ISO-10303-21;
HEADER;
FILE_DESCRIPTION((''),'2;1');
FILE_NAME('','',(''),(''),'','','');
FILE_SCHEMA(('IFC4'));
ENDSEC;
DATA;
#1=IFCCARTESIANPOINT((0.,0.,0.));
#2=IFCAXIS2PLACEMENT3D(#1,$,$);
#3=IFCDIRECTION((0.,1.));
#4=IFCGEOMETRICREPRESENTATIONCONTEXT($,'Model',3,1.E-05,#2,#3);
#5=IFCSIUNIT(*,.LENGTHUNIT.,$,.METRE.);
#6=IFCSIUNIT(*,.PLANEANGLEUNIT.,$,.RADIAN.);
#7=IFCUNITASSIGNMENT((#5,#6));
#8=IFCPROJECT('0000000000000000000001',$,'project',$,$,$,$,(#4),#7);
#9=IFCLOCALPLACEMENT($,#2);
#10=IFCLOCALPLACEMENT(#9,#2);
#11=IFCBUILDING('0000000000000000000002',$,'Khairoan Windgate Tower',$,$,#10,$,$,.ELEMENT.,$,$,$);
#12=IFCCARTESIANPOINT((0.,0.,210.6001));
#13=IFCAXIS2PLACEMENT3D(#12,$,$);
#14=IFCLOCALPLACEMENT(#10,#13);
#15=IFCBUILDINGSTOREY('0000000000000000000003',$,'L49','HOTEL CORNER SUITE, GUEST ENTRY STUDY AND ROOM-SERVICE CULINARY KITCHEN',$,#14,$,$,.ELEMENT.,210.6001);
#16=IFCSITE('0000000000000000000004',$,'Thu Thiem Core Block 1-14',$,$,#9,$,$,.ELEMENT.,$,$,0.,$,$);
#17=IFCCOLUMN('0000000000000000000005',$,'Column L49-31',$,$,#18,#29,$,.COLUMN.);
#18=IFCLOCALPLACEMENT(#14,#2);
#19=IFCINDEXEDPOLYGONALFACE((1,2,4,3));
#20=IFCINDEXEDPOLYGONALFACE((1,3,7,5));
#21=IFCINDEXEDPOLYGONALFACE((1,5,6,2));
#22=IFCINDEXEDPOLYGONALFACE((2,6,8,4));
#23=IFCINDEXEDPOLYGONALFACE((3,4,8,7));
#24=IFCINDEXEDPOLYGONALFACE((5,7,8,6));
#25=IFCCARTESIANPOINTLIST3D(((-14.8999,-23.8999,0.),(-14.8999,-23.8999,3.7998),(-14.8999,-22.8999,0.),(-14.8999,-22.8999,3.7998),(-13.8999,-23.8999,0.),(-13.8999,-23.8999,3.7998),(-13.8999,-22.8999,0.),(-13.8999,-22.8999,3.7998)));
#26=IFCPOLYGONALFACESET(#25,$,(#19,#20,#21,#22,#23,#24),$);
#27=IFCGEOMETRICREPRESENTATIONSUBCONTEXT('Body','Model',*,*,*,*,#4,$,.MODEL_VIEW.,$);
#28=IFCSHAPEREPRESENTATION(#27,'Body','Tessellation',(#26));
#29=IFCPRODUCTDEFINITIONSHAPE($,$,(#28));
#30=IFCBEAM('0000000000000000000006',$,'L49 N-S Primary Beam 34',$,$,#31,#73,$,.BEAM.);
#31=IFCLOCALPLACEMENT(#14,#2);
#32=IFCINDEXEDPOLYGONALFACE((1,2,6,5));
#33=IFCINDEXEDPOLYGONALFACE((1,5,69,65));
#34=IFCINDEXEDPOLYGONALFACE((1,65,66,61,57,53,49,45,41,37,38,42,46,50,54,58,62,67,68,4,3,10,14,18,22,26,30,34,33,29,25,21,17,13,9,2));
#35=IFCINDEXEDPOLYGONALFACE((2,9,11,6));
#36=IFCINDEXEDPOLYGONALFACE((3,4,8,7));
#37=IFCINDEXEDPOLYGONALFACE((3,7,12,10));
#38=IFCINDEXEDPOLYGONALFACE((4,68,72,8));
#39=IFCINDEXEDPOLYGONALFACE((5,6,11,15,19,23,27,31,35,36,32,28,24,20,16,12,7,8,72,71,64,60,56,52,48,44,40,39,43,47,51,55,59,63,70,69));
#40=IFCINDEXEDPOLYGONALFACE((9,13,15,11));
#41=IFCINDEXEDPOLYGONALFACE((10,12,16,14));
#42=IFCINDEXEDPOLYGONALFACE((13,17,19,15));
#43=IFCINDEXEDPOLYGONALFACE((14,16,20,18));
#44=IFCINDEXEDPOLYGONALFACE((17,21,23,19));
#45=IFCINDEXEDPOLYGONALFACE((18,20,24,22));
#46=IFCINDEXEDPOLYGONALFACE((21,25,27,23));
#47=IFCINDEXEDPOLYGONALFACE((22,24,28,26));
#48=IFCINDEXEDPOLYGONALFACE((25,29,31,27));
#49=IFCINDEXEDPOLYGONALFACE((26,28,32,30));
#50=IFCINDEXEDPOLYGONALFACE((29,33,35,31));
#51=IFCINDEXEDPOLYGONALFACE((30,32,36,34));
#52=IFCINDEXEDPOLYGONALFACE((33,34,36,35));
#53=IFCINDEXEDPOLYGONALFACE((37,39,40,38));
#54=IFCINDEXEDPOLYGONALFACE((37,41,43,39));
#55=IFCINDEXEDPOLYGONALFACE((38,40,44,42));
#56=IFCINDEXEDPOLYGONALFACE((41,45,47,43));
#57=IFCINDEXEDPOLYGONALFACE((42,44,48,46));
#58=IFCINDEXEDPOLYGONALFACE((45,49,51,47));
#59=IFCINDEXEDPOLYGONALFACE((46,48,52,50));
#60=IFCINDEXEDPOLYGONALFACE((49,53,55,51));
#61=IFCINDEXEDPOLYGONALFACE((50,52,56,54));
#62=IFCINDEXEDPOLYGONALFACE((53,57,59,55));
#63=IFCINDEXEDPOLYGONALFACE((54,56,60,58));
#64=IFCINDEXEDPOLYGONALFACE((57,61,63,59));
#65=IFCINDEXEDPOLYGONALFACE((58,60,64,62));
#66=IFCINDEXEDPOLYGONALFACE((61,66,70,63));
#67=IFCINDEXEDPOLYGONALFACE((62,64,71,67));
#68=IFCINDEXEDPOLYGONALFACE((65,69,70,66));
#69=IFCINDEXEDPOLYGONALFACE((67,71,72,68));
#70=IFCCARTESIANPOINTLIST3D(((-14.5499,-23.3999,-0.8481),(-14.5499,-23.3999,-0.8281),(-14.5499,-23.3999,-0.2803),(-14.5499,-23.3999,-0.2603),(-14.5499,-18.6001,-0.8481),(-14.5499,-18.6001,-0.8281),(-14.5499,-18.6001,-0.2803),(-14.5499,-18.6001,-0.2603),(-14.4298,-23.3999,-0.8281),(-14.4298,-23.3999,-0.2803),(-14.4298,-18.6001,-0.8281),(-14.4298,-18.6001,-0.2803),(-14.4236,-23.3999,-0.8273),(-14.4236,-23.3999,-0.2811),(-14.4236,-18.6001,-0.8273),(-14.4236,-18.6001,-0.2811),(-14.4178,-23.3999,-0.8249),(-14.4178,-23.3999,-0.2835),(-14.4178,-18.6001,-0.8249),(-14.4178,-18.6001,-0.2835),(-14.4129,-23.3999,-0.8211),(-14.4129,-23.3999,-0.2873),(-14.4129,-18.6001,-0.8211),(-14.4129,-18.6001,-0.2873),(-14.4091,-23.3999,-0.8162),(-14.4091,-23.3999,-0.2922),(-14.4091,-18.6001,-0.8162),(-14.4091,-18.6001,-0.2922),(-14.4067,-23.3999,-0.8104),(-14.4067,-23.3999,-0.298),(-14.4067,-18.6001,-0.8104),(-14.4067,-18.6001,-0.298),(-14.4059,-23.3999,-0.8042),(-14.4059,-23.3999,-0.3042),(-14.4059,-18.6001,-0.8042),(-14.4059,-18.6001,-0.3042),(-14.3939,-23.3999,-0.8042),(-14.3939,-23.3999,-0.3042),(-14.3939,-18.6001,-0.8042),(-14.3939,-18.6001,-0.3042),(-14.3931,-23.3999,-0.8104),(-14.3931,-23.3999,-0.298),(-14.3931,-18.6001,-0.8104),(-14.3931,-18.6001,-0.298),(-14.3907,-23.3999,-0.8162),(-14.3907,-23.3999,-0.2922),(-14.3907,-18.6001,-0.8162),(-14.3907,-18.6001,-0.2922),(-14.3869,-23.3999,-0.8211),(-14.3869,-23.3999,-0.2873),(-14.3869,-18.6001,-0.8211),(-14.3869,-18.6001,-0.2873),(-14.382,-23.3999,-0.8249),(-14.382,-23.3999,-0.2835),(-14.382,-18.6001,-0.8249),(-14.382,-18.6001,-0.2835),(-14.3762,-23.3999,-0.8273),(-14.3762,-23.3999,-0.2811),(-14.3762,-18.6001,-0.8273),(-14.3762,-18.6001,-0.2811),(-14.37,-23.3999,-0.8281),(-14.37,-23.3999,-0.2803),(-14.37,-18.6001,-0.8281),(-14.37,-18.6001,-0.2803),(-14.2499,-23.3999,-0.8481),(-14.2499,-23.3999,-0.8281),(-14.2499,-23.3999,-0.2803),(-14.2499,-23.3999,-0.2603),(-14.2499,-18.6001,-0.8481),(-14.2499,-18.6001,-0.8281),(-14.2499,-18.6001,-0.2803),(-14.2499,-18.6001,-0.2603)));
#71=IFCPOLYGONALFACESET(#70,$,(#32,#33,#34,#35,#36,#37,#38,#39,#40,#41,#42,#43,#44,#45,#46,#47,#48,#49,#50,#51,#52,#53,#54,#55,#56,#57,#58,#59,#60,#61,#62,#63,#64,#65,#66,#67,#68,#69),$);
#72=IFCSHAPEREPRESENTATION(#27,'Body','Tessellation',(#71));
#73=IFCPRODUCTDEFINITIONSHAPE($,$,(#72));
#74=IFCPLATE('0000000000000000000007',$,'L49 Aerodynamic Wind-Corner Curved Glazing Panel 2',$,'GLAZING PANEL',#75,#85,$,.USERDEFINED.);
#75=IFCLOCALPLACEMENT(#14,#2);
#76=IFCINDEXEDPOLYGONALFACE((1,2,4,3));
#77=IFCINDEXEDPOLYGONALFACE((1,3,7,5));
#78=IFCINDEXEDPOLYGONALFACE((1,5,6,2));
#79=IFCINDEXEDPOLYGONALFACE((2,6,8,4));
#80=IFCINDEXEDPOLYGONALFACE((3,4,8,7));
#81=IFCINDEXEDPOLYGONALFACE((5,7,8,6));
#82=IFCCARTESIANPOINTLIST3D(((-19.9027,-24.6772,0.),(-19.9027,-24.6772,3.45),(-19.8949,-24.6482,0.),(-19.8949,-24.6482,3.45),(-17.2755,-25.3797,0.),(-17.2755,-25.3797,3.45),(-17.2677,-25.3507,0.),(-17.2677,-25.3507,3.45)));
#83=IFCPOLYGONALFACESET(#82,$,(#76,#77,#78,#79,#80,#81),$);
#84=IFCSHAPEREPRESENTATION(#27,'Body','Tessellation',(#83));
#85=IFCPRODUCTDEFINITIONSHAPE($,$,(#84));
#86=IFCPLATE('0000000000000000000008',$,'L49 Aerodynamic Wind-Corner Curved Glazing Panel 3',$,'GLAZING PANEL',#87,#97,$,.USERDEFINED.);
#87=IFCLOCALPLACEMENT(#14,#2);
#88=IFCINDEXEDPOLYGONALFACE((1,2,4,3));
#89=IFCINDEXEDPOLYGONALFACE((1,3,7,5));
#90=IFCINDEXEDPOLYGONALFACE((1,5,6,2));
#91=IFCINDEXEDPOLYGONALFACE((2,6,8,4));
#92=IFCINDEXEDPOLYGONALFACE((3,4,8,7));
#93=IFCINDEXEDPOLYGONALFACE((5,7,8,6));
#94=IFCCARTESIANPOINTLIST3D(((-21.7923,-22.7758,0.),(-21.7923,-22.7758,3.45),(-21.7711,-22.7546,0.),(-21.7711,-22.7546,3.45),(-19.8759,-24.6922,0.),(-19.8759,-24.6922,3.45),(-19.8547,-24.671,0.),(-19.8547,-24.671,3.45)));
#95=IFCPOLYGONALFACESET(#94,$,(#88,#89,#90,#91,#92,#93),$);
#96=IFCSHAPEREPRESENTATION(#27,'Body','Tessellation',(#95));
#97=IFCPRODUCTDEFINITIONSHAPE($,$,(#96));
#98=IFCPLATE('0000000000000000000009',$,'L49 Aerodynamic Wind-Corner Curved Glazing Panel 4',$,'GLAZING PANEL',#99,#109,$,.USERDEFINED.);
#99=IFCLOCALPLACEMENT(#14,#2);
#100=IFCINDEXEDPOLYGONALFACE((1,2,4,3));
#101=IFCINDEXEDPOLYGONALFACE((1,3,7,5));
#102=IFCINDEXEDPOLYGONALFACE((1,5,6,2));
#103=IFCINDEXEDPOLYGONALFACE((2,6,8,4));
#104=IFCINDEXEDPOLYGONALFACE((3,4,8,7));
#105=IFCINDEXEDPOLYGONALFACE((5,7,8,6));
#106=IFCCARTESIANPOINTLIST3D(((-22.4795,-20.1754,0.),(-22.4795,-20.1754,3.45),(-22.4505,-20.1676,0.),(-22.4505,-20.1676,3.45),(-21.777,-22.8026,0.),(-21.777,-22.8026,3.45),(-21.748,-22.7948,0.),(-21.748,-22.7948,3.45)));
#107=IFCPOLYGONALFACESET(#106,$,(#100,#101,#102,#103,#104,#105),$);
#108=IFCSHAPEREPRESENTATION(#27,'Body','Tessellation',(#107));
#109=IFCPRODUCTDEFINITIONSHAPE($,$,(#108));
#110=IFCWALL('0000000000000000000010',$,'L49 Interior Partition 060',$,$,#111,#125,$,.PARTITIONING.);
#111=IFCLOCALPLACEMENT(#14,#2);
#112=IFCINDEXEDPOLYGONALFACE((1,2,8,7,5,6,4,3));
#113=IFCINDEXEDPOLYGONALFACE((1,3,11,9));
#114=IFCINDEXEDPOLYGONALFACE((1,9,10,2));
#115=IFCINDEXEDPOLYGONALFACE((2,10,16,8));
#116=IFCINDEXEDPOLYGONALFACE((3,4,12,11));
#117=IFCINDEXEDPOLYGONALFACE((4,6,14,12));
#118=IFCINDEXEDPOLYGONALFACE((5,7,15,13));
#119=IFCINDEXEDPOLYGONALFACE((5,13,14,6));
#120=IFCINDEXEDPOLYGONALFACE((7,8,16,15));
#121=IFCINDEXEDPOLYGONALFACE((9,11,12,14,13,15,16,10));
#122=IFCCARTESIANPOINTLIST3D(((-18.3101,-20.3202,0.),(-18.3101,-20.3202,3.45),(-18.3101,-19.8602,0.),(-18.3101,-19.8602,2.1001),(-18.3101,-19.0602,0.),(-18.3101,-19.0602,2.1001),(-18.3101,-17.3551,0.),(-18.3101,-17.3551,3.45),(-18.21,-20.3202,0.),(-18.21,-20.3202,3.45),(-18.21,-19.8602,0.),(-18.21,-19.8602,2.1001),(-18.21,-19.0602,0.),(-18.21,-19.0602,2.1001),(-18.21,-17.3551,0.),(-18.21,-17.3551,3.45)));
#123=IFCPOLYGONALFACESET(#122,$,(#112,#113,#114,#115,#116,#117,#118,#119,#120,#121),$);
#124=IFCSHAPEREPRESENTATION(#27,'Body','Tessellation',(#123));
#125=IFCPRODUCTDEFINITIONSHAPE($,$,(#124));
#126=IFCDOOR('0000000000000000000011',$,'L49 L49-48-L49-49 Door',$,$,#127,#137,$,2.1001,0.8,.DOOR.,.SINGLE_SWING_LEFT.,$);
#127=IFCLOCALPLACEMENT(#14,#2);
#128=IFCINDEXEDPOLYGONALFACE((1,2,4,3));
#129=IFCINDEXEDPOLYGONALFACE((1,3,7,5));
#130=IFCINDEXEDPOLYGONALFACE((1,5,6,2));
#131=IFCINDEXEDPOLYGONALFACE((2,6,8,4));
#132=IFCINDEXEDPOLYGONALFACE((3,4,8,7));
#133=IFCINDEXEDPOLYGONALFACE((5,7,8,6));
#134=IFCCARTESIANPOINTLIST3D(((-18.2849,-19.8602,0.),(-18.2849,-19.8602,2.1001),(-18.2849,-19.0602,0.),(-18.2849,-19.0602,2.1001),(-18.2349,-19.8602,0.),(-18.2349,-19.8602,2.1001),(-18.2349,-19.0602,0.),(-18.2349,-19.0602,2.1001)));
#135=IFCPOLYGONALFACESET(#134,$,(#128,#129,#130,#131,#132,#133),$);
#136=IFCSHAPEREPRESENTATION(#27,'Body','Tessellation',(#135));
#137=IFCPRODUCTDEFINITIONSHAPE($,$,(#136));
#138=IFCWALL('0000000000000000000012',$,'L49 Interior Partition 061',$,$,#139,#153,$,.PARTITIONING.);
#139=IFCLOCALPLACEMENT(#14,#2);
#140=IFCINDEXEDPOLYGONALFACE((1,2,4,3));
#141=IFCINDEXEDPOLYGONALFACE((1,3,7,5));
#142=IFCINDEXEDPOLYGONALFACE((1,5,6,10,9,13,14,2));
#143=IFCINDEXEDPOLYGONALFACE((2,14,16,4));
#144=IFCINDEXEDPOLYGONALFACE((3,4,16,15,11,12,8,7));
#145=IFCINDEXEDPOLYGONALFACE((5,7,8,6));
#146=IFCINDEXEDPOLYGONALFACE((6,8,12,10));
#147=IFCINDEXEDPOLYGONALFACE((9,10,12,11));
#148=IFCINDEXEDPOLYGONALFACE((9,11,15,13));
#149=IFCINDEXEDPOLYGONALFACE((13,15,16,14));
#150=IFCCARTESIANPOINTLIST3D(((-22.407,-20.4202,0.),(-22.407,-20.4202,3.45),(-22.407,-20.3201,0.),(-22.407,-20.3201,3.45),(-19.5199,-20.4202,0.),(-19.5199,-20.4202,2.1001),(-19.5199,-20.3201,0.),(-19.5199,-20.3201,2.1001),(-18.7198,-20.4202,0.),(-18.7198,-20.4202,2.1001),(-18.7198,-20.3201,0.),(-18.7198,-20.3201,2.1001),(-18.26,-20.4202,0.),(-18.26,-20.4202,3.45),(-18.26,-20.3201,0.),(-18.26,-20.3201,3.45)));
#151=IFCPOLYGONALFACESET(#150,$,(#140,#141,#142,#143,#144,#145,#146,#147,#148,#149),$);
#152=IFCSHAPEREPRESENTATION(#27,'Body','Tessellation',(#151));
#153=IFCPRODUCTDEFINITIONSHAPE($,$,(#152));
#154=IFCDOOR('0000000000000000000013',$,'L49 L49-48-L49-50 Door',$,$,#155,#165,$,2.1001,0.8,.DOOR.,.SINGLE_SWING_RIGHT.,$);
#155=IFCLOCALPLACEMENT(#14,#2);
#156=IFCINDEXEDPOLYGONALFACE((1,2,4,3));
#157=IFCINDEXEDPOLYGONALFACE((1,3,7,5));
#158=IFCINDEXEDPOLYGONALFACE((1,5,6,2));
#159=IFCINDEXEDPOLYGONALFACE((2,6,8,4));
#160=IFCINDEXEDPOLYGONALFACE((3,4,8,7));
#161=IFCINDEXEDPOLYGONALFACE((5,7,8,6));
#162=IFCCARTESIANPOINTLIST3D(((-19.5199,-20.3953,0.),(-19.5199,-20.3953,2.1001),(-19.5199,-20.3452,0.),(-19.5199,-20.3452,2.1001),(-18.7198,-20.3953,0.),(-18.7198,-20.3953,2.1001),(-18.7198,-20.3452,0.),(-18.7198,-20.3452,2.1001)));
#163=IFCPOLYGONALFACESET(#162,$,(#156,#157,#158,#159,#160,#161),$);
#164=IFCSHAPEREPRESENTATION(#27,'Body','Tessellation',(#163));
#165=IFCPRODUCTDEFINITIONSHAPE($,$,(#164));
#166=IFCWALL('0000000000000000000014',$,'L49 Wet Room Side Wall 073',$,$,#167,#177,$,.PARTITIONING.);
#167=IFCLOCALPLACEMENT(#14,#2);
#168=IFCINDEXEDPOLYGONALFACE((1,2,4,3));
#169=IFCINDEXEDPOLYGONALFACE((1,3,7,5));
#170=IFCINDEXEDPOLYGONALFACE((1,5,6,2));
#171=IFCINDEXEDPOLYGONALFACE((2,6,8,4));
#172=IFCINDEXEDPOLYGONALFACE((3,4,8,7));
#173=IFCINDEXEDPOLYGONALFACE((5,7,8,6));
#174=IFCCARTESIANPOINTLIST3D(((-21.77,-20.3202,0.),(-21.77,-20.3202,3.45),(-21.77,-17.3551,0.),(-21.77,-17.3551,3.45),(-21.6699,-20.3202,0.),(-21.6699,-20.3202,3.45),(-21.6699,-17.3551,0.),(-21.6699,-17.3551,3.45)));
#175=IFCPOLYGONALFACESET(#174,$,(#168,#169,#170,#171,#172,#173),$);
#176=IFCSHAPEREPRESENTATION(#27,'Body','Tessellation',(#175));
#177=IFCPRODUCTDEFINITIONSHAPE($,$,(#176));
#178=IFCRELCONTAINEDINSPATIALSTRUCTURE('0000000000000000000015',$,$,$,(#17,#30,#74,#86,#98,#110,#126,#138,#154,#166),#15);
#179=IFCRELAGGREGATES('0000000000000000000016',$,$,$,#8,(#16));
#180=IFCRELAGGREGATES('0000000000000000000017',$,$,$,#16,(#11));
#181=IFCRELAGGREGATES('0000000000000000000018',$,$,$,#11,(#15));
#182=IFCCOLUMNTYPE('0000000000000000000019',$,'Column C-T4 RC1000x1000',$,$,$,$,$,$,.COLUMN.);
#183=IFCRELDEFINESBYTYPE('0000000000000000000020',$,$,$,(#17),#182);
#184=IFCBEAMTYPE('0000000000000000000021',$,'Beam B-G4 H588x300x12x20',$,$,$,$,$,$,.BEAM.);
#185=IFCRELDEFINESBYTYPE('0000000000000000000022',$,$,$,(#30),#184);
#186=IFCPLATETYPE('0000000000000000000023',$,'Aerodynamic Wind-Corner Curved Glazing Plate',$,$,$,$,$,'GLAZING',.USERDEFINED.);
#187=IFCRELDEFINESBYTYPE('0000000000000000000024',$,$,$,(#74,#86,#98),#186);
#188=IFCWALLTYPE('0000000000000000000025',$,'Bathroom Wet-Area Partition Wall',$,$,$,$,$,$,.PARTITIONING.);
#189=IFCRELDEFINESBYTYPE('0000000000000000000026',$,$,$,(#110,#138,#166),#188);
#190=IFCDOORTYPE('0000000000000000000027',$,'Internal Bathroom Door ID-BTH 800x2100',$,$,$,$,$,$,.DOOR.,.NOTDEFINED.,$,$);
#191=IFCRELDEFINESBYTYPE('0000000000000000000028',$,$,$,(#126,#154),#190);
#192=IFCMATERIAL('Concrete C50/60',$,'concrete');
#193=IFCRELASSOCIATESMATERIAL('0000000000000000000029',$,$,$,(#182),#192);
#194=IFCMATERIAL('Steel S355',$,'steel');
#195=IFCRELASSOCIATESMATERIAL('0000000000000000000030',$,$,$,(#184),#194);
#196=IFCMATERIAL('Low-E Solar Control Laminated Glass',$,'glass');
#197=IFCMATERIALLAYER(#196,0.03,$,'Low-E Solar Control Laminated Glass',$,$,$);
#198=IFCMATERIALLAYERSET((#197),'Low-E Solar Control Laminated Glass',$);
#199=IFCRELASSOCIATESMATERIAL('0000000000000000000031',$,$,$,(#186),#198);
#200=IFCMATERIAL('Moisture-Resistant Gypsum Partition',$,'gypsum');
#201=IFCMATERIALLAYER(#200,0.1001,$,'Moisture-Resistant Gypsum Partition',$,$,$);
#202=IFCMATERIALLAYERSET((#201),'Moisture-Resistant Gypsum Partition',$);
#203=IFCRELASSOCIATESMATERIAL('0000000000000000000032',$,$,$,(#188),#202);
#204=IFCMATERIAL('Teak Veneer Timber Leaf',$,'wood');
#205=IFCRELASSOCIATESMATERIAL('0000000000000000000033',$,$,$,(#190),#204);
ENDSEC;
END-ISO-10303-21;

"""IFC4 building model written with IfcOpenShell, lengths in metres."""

from ifc_helpers import new_model, si_unit, direction, frame, frame_2d, origin, origin_2d, place, context, subcontext, project, spatial, rectangle, i_section, extrude, material, layer, layer_set, material_profile, profile_set, type_object, element, fill, save


model = new_model("IFC4")

# Units and contexts
model_context = context("Model", 3, precision=1e-05, world=origin(), true_north=direction((0.0, 1.0)))
body_context = subcontext(model_context, "Body", "Model", "MODEL_VIEW")
ifc_project = project(units=[si_unit("LENGTHUNIT", "METRE"), si_unit("PLANEANGLEUNIT", "RADIAN")], contexts=[model_context])

# Site, building, storey
site_placement = place(None, origin())
site = spatial("IfcSite", under=ifc_project, at=site_placement, Name="Thu Thiem Core Block 1-14", CompositionType="ELEMENT", RefElevation=0.0)
building_placement = place(site_placement, origin())
building = spatial("IfcBuilding", under=site, at=building_placement, Name="Khairoan Windgate Tower", CompositionType="ELEMENT")
storey_placement = place(building_placement, frame((0.0, 0.0, 210.6001)))
storey = spatial("IfcBuildingStorey", under=building, at=storey_placement, Name="L49", Description="HOTEL CORNER SUITE, GUEST ENTRY STUDY AND ROOM-SERVICE CULINARY KITCHEN", CompositionType="ELEMENT", Elevation=210.6001)

# Column
ifc_material_1 = material(Name="Concrete C50/60", Category="concrete")
ifc_material_profile_1 = material_profile(ifc_material_1, rectangle(XDim=1.0, YDim=1.0, at=origin_2d()))
ifc_profile_set_1 = profile_set([ifc_material_profile_1], Name="Concrete C50/60")
column_type = type_object("IfcColumnType", Name="Column C-T4 RC1000x1000", PredefinedType="COLUMN", material=ifc_profile_set_1)
column_placement = place(storey_placement, frame((-14.3999, -23.3999, 0.0), z_axis=(0.0, 0.0, 1.0), x_axis=(1.0, 0.0, 0.0)))
element("IfcColumn", 1, at=column_placement, inside=storey, type_object=column_type, Name="Column L49-31", PredefinedType="COLUMN", context=body_context, shape_type="SweptSolid", body=[
    extrude(rectangle(XDim=1.0, YDim=1.0, at=origin_2d()), origin(), (0.0, 0.0, 1.0), 3.7998),
])

# Beam
ifc_material_2 = material(Name="Steel S355", Category="steel")
ifc_material_profile_2 = material_profile(ifc_material_2, i_section(OverallWidth=0.3, OverallDepth=0.5879, WebThickness=0.012, FlangeThickness=0.02, FilletRadius=0.0239, at=origin_2d()))
ifc_profile_set_2 = profile_set([ifc_material_profile_2], Name="Steel S355")
beam_type = type_object("IfcBeamType", Name="Beam B-G4 H588x300x12x20", PredefinedType="BEAM", material=ifc_profile_set_2)
beam_placement = place(storey_placement, frame((-14.3999, -23.3999, -0.5542), z_axis=(0.0, 1.0, 0.0), x_axis=(-1.0, 0.0, 0.0)))
element("IfcBeam", 2, at=beam_placement, inside=storey, type_object=beam_type, Name="L49 N-S Primary Beam 34", PredefinedType="BEAM", context=body_context, shape_type="SweptSolid", body=[
    extrude(i_section(OverallWidth=0.3, OverallDepth=0.5879, WebThickness=0.012, FlangeThickness=0.02, FilletRadius=0.0239, at=origin_2d()), origin(), (0.0, 0.0, 1.0), 4.7998),
])

# Plates
ifc_material_3 = material(Name="Low-E Solar Control Laminated Glass", Category="glass")
ifc_layer_1 = layer(ifc_material_3, 0.03, Name="Low-E Solar Control Laminated Glass")
ifc_layer_set_1 = layer_set([ifc_layer_1], Name="Low-E Solar Control Laminated Glass")
plate_type = type_object("IfcPlateType", Name="Aerodynamic Wind-Corner Curved Glazing Plate", ElementType="GLAZING", PredefinedType="USERDEFINED", material=ifc_layer_set_1)
plate_1_placement = place(storey_placement, frame((-18.5852, -25.0139, 0.0), z_axis=(0.0, 0.0, 1.0), x_axis=(-0.966061, 0.258313, 0.0)))
element("IfcPlate", 3, at=plate_1_placement, inside=storey, type_object=plate_type, Name="L49 Aerodynamic Wind-Corner Curved Glazing Panel 2", ObjectType="GLAZING PANEL", PredefinedType="USERDEFINED", context=body_context, shape_type="SweptSolid", body=[
    extrude(rectangle(XDim=2.7195, YDim=0.03, at=origin_2d()), origin(), (0.0, 0.0, 1.0), 3.45),
])
plate_2_placement = place(storey_placement, frame((-20.8235, -23.7234, 0.0), z_axis=(0.0, 0.0, 1.0), x_axis=(-0.707107, 0.707107, 0.0)))
element("IfcPlate", 4, at=plate_2_placement, inside=storey, type_object=plate_type, Name="L49 Aerodynamic Wind-Corner Curved Glazing Panel 3", ObjectType="GLAZING PANEL", PredefinedType="USERDEFINED", context=body_context, shape_type="SweptSolid", body=[
    extrude(rectangle(XDim=2.7102, YDim=0.03, at=origin_2d()), origin(), (0.0, 0.0, 1.0), 3.45),
])
plate_3_placement = place(storey_placement, frame((-22.1138, -21.4851, 0.0), z_axis=(0.0, 0.0, 1.0), x_axis=(-0.258313, 0.966061, 0.0)))
element("IfcPlate", 5, at=plate_3_placement, inside=storey, type_object=plate_type, Name="L49 Aerodynamic Wind-Corner Curved Glazing Panel 4", ObjectType="GLAZING PANEL", PredefinedType="USERDEFINED", context=body_context, shape_type="SweptSolid", body=[
    extrude(rectangle(XDim=2.7195, YDim=0.03, at=origin_2d()), origin(), (0.0, 0.0, 1.0), 3.45),
])

# Walls, openings, doors
ifc_material_4 = material(Name="Moisture-Resistant Gypsum Partition", Category="gypsum")
ifc_layer_2 = layer(ifc_material_4, 0.1001, Name="Moisture-Resistant Gypsum Partition")
ifc_layer_set_2 = layer_set([ifc_layer_2], Name="Moisture-Resistant Gypsum Partition")
wall_type_1 = type_object("IfcWallType", Name="Bathroom Wet-Area Partition Wall", PredefinedType="PARTITIONING", material=ifc_layer_set_2)
wall_1_placement = place(storey_placement, frame((-18.26, -20.3201, 0.0), z_axis=(0.0, 0.0, 1.0), x_axis=(0.0, 1.0, 0.0)))
wall_1 = element("IfcWall", 6, at=wall_1_placement, inside=storey, type_object=wall_type_1, Name="L49 Interior Partition 060", PredefinedType="PARTITIONING", context=body_context, shape_type="SweptSolid", body=[
    extrude(rectangle(XDim=2.9651, YDim=0.1001, at=frame_2d((1.4824, 0.0))), origin(), (0.0, 0.0, 1.0), 3.45),
])
opening_1_placement = place(wall_1_placement, frame((0.46, 0.0, 0.0)))
opening_1 = element("IfcOpeningElement", 7, at=opening_1_placement, cuts=wall_1, PredefinedType="OPENING", context=body_context, shape_type="SweptSolid", body=[
    extrude(rectangle(XDim=0.8, YDim=2.1001, at=frame_2d((0.3999, 1.05))), frame((0.0, 0.0601, 0.0), z_axis=(0.0, -1.0, 0.0), x_axis=(1.0, 0.0, 0.0)), (0.0, 0.0, 1.0), 0.1201),
])
ifc_material_5 = material(Name="Teak Veneer Timber Leaf", Category="wood")
door_type_1 = type_object("IfcDoorType", Name="Internal Bathroom Door ID-BTH 800x2100", OperationType="NOTDEFINED", PredefinedType="DOOR", material=ifc_material_5)
door_1_placement = place(opening_1_placement, origin())
door_1 = element("IfcDoor", 8, at=door_1_placement, inside=storey, type_object=door_type_1, Name="L49 L49-48-L49-49 Door", OperationType="SINGLE_SWING_LEFT", OverallHeight=2.1001, OverallWidth=0.8, PredefinedType="DOOR", context=body_context, shape_type="SweptSolid", body=[
    extrude(rectangle(XDim=0.8, YDim=2.1001, at=frame_2d((0.3999, 1.05))), frame((0.0, 0.0249, 0.0), z_axis=(0.0, -1.0, 0.0), x_axis=(1.0, 0.0, 0.0)), (0.0, 0.0, 1.0), 0.05),
])
fill(opening_1, door_1)
wall_2_placement = place(storey_placement, frame((-22.407, -20.3701, 0.0), z_axis=(0.0, 0.0, 1.0), x_axis=(1.0, 0.0, 0.0)))
wall_2 = element("IfcWall", 9, at=wall_2_placement, inside=storey, type_object=wall_type_1, Name="L49 Interior Partition 061", PredefinedType="PARTITIONING", context=body_context, shape_type="SweptSolid", body=[
    extrude(rectangle(XDim=4.147, YDim=0.1001, at=frame_2d((2.0735, 0.0))), origin(), (0.0, 0.0, 1.0), 3.45),
])
opening_2_placement = place(wall_2_placement, frame((2.8872, 0.0, 0.0)))
opening_2 = element("IfcOpeningElement", 10, at=opening_2_placement, cuts=wall_2, PredefinedType="OPENING", context=body_context, shape_type="SweptSolid", body=[
    extrude(rectangle(XDim=0.8, YDim=2.1001, at=frame_2d((0.3999, 1.05))), frame((0.0, 0.0601, 0.0), z_axis=(0.0, -1.0, 0.0), x_axis=(1.0, 0.0, 0.0)), (0.0, 0.0, 1.0), 0.1201),
])
door_2_placement = place(opening_2_placement, origin())
door_2 = element("IfcDoor", 11, at=door_2_placement, inside=storey, type_object=door_type_1, Name="L49 L49-48-L49-50 Door", OperationType="SINGLE_SWING_RIGHT", OverallHeight=2.1001, OverallWidth=0.8, PredefinedType="DOOR", context=body_context, shape_type="SweptSolid", body=[
    extrude(rectangle(XDim=0.8, YDim=2.1001, at=frame_2d((0.3999, 1.05))), frame((0.0, 0.0249, 0.0), z_axis=(0.0, -1.0, 0.0), x_axis=(1.0, 0.0, 0.0)), (0.0, 0.0, 1.0), 0.05),
])
fill(opening_2, door_2)

# Wall
wall_3_placement = place(storey_placement, frame((-21.72, -20.3201, 0.0), z_axis=(0.0, 0.0, 1.0), x_axis=(0.0, 1.0, 0.0)))
element("IfcWall", 12, at=wall_3_placement, inside=storey, type_object=wall_type_1, Name="L49 Wet Room Side Wall 073", PredefinedType="PARTITIONING", context=body_context, shape_type="SweptSolid", body=[
    extrude(rectangle(XDim=2.9651, YDim=0.1001, at=frame_2d((1.4824, 0.0))), origin(), (0.0, 0.0, 1.0), 3.45),
])

save(model, "model.ifc")
